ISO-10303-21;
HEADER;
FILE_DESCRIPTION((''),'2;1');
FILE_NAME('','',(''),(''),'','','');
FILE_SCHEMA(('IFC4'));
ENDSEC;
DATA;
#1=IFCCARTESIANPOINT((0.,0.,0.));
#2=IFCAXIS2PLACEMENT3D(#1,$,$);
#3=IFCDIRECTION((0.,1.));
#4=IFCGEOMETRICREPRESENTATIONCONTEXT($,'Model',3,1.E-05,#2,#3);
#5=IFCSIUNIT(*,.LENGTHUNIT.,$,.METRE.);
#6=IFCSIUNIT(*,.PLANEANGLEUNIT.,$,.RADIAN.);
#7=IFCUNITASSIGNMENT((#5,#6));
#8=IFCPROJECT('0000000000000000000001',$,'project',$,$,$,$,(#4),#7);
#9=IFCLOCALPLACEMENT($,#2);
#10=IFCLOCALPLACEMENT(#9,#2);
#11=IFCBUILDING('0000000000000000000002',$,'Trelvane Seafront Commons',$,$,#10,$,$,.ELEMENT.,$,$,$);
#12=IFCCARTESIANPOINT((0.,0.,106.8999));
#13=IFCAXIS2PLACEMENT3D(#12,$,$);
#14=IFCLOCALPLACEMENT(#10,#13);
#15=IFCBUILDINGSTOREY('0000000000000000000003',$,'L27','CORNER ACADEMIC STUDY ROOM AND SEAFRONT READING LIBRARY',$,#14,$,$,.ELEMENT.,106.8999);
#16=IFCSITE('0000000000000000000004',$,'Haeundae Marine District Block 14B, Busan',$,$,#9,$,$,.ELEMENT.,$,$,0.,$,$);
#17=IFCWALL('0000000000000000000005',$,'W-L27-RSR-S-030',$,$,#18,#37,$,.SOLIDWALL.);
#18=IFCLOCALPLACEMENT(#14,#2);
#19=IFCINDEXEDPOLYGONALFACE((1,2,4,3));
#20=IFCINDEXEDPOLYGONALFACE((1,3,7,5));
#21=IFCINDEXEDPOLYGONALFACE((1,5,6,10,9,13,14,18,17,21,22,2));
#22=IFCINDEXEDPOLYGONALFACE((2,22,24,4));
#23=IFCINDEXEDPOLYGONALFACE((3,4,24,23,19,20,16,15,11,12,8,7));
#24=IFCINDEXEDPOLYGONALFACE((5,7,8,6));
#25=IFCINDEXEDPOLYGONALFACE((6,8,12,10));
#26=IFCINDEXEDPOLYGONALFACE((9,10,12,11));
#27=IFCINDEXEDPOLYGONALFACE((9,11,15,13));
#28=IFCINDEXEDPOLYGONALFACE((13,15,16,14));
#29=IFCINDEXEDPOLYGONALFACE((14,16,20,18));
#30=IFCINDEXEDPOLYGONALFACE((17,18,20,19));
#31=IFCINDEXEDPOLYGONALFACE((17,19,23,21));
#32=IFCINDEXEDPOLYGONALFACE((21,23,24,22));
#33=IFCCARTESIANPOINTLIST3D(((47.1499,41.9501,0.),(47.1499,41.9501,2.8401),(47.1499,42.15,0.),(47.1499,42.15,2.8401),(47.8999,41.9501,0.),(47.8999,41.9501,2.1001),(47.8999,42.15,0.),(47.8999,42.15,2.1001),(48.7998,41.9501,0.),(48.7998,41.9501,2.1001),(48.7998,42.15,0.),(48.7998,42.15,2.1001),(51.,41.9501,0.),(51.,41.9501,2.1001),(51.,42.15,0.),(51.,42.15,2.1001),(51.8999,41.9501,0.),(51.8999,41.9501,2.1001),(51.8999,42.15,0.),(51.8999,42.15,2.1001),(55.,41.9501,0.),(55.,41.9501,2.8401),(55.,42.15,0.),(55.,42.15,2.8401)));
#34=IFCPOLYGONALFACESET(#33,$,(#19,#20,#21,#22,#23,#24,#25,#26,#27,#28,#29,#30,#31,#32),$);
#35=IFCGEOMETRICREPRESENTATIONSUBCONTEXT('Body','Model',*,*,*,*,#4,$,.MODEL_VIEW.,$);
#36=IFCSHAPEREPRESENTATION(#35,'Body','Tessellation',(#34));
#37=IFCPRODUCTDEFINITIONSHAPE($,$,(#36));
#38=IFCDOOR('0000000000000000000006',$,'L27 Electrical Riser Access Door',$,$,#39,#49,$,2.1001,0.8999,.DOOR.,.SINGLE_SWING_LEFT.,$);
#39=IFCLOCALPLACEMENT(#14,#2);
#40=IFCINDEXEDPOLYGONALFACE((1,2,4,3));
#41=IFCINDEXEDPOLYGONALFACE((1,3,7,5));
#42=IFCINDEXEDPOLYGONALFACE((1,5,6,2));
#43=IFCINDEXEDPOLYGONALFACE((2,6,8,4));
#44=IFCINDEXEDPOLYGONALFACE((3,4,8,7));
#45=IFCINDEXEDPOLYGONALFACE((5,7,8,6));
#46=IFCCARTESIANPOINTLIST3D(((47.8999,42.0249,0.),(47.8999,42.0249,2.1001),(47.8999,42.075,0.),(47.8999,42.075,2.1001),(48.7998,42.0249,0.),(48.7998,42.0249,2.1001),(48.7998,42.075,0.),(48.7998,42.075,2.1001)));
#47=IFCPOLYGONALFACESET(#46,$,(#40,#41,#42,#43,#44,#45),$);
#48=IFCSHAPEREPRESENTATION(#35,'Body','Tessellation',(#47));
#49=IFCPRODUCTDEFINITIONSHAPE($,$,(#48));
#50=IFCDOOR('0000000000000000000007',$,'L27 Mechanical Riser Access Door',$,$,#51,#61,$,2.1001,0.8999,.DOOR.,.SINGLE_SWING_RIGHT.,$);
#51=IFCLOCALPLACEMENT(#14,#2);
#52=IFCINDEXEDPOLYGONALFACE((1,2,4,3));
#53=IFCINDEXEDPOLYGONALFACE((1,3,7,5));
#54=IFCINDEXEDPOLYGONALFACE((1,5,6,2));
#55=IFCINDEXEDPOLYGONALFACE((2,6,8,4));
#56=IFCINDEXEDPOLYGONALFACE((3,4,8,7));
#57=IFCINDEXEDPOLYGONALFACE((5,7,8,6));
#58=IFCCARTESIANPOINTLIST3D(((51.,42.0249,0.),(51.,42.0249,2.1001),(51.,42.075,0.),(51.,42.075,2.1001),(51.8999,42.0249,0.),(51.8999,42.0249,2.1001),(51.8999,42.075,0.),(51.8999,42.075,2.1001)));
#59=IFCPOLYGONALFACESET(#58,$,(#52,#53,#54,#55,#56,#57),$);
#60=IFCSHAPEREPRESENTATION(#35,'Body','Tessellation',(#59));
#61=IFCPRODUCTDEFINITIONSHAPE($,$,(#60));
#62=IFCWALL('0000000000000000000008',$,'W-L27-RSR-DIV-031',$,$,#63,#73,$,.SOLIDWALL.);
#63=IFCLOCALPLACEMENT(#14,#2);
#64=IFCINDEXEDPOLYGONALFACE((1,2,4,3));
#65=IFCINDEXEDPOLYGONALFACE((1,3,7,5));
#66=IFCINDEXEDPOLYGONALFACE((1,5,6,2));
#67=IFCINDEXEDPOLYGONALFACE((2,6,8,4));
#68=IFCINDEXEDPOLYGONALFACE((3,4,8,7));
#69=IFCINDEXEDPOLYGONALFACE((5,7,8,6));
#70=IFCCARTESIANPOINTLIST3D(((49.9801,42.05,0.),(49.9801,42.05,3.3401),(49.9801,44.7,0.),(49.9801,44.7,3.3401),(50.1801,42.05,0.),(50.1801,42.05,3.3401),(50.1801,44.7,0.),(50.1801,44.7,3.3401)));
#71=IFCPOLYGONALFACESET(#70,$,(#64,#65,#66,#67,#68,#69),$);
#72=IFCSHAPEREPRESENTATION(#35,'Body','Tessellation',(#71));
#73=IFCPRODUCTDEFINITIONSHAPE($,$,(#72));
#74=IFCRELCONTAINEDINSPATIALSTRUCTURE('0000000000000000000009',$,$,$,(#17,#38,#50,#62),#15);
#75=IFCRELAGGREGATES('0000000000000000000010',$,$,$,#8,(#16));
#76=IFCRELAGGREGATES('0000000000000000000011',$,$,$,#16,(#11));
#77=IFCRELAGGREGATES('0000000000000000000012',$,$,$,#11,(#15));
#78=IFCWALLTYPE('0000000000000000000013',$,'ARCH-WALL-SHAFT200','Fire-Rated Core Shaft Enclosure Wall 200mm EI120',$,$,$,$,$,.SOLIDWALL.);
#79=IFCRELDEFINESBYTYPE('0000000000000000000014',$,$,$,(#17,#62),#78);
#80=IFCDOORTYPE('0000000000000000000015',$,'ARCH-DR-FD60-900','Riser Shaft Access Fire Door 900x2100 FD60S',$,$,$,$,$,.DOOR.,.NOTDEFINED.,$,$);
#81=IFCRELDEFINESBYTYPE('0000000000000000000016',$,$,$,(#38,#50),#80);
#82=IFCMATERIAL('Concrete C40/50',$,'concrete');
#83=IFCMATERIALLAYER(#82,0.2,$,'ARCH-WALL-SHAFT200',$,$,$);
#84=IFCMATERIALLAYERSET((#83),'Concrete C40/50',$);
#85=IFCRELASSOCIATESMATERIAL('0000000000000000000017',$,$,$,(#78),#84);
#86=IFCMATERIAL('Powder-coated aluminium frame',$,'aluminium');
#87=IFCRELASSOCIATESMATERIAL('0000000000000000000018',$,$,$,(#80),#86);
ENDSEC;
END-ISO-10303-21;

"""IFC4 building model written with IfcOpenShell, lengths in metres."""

from ifc_helpers import new_model, si_unit, direction, frame, frame_2d, origin, place, context, subcontext, project, spatial, rectangle, extrude, source, transform, mapped, material, layer, layer_set, type_object, element, fill, save


model = new_model("IFC4")

# Units and contexts
model_context = context("Model", 3, precision=1e-05, world=origin(), true_north=direction((0.0, 1.0)))
body_context = subcontext(model_context, "Body", "Model", "MODEL_VIEW")
ifc_project = project(units=[si_unit("LENGTHUNIT", "METRE"), si_unit("PLANEANGLEUNIT", "RADIAN")], contexts=[model_context])

# Site, building, storey
site_placement = place(None, origin())
site = spatial("IfcSite", under=ifc_project, at=site_placement, Name="Haeundae Marine District Block 14B, Busan", CompositionType="ELEMENT", RefElevation=0.0)
building_placement = place(site_placement, origin())
building = spatial("IfcBuilding", under=site, at=building_placement, Name="Trelvane Seafront Commons", CompositionType="ELEMENT")
storey_placement = place(building_placement, frame((0.0, 0.0, 106.8999)))
storey = spatial("IfcBuildingStorey", under=building, at=storey_placement, Name="L27", Description="CORNER ACADEMIC STUDY ROOM AND SEAFRONT READING LIBRARY", CompositionType="ELEMENT", Elevation=106.8999)

# Shared definitions
ifc_material_1 = material(Name="Concrete C40/50", Category="concrete")
ifc_layer_1 = layer(ifc_material_1, 0.2, Name="ARCH-WALL-SHAFT200")
ifc_layer_set_1 = layer_set([ifc_layer_1], Name="Concrete C40/50")
wall_type_1 = type_object("IfcWallType", Name="ARCH-WALL-SHAFT200", Description="Fire-Rated Core Shaft Enclosure Wall 200mm EI120", PredefinedType="SOLIDWALL", material=ifc_layer_set_1)

# Wall, openings, doors
wall_1_placement = place(storey_placement, frame((47.1499, 42.05, 0.0), z_axis=(0.0, 0.0, 1.0), x_axis=(1.0, 0.0, 0.0)))
wall_1 = element("IfcWall", 1, at=wall_1_placement, inside=storey, type_object=wall_type_1, Name="W-L27-RSR-S-030", PredefinedType="SOLIDWALL", context=body_context, shape_type="SweptSolid", body=[
    extrude(rectangle(XDim=7.8501, YDim=0.2, at=frame_2d((3.925, 0.0))), origin(), (0.0, 0.0, 1.0), 2.8401),
])
opening_1_placement = place(wall_1_placement, frame((0.75, 0.0, 0.0)))
opening_1 = element("IfcOpeningElement", 2, at=opening_1_placement, cuts=wall_1, PredefinedType="OPENING", context=body_context, shape_type="SweptSolid", body=[
    extrude(rectangle(XDim=0.8999, YDim=2.1001, at=frame_2d((0.45, 1.05))), frame((0.0, 0.1099, 0.0), z_axis=(0.0, -1.0, 0.0), x_axis=(1.0, 0.0, 0.0)), (0.0, 0.0, 1.0), 0.22),
])
opening_2_placement = place(wall_1_placement, frame((3.8501, 0.0, 0.0)))
opening_2 = element("IfcOpeningElement", 3, at=opening_2_placement, cuts=wall_1, PredefinedType="OPENING", context=body_context, shape_type="SweptSolid", body=[
    extrude(rectangle(XDim=0.8999, YDim=2.1001, at=frame_2d((0.45, 1.05))), frame((0.0, 0.1099, 0.0), z_axis=(0.0, -1.0, 0.0), x_axis=(1.0, 0.0, 0.0)), (0.0, 0.0, 1.0), 0.22),
])
ifc_material_2 = material(Name="Powder-coated aluminium frame", Category="aluminium")
door_type_1 = type_object("IfcDoorType", Name="ARCH-DR-FD60-900", Description="Riser Shaft Access Fire Door 900x2100 FD60S", OperationType="NOTDEFINED", PredefinedType="DOOR", material=ifc_material_2)
shared_shape_1 = source(origin(), body_context, "Body", "SweptSolid", [
    extrude(rectangle(XDim=0.8999, YDim=2.1001, at=frame_2d((0.45, 1.05))), frame((0.0, 0.0249, 0.0), z_axis=(0.0, -1.0, 0.0), x_axis=(1.0, 0.0, 0.0)), (0.0, 0.0, 1.0), 0.05),
])
door_1_placement = place(opening_1_placement, origin())
door_1 = element("IfcDoor", 4, at=door_1_placement, inside=storey, type_object=door_type_1, Name="L27 Electrical Riser Access Door", OperationType="SINGLE_SWING_LEFT", OverallHeight=2.1001, OverallWidth=0.8999, PredefinedType="DOOR", context=body_context, shape_type="MappedRepresentation", body=[
    mapped(shared_shape_1, transform((0.0, 0.0, 0.0), x_axis=(1.0, 0.0, 0.0), y_axis=(0.0, 1.0, 0.0), z_axis=(0.0, 0.0, 1.0), scale=1.0)),
])
fill(opening_1, door_1)
door_2_placement = place(opening_2_placement, origin())
door_2 = element("IfcDoor", 5, at=door_2_placement, inside=storey, type_object=door_type_1, Name="L27 Mechanical Riser Access Door", OperationType="SINGLE_SWING_RIGHT", OverallHeight=2.1001, OverallWidth=0.8999, PredefinedType="DOOR", context=body_context, shape_type="MappedRepresentation", body=[
    mapped(shared_shape_1, transform((0.0, 0.0, 0.0), x_axis=(1.0, 0.0, 0.0), y_axis=(0.0, 1.0, 0.0), z_axis=(0.0, 0.0, 1.0), scale=1.0)),
])
fill(opening_2, door_2)

# Wall
wall_2_placement = place(storey_placement, frame((50.0801, 42.05, 0.0), z_axis=(0.0, 0.0, 1.0), x_axis=(0.0, 1.0, 0.0)))
element("IfcWall", 6, at=wall_2_placement, inside=storey, type_object=wall_type_1, Name="W-L27-RSR-DIV-031", PredefinedType="SOLIDWALL", context=body_context, shape_type="SweptSolid", body=[
    extrude(rectangle(XDim=2.6499, YDim=0.2, at=frame_2d((1.325, 0.0))), origin(), (0.0, 0.0, 1.0), 3.3401),
])

save(model, "model.ifc")
